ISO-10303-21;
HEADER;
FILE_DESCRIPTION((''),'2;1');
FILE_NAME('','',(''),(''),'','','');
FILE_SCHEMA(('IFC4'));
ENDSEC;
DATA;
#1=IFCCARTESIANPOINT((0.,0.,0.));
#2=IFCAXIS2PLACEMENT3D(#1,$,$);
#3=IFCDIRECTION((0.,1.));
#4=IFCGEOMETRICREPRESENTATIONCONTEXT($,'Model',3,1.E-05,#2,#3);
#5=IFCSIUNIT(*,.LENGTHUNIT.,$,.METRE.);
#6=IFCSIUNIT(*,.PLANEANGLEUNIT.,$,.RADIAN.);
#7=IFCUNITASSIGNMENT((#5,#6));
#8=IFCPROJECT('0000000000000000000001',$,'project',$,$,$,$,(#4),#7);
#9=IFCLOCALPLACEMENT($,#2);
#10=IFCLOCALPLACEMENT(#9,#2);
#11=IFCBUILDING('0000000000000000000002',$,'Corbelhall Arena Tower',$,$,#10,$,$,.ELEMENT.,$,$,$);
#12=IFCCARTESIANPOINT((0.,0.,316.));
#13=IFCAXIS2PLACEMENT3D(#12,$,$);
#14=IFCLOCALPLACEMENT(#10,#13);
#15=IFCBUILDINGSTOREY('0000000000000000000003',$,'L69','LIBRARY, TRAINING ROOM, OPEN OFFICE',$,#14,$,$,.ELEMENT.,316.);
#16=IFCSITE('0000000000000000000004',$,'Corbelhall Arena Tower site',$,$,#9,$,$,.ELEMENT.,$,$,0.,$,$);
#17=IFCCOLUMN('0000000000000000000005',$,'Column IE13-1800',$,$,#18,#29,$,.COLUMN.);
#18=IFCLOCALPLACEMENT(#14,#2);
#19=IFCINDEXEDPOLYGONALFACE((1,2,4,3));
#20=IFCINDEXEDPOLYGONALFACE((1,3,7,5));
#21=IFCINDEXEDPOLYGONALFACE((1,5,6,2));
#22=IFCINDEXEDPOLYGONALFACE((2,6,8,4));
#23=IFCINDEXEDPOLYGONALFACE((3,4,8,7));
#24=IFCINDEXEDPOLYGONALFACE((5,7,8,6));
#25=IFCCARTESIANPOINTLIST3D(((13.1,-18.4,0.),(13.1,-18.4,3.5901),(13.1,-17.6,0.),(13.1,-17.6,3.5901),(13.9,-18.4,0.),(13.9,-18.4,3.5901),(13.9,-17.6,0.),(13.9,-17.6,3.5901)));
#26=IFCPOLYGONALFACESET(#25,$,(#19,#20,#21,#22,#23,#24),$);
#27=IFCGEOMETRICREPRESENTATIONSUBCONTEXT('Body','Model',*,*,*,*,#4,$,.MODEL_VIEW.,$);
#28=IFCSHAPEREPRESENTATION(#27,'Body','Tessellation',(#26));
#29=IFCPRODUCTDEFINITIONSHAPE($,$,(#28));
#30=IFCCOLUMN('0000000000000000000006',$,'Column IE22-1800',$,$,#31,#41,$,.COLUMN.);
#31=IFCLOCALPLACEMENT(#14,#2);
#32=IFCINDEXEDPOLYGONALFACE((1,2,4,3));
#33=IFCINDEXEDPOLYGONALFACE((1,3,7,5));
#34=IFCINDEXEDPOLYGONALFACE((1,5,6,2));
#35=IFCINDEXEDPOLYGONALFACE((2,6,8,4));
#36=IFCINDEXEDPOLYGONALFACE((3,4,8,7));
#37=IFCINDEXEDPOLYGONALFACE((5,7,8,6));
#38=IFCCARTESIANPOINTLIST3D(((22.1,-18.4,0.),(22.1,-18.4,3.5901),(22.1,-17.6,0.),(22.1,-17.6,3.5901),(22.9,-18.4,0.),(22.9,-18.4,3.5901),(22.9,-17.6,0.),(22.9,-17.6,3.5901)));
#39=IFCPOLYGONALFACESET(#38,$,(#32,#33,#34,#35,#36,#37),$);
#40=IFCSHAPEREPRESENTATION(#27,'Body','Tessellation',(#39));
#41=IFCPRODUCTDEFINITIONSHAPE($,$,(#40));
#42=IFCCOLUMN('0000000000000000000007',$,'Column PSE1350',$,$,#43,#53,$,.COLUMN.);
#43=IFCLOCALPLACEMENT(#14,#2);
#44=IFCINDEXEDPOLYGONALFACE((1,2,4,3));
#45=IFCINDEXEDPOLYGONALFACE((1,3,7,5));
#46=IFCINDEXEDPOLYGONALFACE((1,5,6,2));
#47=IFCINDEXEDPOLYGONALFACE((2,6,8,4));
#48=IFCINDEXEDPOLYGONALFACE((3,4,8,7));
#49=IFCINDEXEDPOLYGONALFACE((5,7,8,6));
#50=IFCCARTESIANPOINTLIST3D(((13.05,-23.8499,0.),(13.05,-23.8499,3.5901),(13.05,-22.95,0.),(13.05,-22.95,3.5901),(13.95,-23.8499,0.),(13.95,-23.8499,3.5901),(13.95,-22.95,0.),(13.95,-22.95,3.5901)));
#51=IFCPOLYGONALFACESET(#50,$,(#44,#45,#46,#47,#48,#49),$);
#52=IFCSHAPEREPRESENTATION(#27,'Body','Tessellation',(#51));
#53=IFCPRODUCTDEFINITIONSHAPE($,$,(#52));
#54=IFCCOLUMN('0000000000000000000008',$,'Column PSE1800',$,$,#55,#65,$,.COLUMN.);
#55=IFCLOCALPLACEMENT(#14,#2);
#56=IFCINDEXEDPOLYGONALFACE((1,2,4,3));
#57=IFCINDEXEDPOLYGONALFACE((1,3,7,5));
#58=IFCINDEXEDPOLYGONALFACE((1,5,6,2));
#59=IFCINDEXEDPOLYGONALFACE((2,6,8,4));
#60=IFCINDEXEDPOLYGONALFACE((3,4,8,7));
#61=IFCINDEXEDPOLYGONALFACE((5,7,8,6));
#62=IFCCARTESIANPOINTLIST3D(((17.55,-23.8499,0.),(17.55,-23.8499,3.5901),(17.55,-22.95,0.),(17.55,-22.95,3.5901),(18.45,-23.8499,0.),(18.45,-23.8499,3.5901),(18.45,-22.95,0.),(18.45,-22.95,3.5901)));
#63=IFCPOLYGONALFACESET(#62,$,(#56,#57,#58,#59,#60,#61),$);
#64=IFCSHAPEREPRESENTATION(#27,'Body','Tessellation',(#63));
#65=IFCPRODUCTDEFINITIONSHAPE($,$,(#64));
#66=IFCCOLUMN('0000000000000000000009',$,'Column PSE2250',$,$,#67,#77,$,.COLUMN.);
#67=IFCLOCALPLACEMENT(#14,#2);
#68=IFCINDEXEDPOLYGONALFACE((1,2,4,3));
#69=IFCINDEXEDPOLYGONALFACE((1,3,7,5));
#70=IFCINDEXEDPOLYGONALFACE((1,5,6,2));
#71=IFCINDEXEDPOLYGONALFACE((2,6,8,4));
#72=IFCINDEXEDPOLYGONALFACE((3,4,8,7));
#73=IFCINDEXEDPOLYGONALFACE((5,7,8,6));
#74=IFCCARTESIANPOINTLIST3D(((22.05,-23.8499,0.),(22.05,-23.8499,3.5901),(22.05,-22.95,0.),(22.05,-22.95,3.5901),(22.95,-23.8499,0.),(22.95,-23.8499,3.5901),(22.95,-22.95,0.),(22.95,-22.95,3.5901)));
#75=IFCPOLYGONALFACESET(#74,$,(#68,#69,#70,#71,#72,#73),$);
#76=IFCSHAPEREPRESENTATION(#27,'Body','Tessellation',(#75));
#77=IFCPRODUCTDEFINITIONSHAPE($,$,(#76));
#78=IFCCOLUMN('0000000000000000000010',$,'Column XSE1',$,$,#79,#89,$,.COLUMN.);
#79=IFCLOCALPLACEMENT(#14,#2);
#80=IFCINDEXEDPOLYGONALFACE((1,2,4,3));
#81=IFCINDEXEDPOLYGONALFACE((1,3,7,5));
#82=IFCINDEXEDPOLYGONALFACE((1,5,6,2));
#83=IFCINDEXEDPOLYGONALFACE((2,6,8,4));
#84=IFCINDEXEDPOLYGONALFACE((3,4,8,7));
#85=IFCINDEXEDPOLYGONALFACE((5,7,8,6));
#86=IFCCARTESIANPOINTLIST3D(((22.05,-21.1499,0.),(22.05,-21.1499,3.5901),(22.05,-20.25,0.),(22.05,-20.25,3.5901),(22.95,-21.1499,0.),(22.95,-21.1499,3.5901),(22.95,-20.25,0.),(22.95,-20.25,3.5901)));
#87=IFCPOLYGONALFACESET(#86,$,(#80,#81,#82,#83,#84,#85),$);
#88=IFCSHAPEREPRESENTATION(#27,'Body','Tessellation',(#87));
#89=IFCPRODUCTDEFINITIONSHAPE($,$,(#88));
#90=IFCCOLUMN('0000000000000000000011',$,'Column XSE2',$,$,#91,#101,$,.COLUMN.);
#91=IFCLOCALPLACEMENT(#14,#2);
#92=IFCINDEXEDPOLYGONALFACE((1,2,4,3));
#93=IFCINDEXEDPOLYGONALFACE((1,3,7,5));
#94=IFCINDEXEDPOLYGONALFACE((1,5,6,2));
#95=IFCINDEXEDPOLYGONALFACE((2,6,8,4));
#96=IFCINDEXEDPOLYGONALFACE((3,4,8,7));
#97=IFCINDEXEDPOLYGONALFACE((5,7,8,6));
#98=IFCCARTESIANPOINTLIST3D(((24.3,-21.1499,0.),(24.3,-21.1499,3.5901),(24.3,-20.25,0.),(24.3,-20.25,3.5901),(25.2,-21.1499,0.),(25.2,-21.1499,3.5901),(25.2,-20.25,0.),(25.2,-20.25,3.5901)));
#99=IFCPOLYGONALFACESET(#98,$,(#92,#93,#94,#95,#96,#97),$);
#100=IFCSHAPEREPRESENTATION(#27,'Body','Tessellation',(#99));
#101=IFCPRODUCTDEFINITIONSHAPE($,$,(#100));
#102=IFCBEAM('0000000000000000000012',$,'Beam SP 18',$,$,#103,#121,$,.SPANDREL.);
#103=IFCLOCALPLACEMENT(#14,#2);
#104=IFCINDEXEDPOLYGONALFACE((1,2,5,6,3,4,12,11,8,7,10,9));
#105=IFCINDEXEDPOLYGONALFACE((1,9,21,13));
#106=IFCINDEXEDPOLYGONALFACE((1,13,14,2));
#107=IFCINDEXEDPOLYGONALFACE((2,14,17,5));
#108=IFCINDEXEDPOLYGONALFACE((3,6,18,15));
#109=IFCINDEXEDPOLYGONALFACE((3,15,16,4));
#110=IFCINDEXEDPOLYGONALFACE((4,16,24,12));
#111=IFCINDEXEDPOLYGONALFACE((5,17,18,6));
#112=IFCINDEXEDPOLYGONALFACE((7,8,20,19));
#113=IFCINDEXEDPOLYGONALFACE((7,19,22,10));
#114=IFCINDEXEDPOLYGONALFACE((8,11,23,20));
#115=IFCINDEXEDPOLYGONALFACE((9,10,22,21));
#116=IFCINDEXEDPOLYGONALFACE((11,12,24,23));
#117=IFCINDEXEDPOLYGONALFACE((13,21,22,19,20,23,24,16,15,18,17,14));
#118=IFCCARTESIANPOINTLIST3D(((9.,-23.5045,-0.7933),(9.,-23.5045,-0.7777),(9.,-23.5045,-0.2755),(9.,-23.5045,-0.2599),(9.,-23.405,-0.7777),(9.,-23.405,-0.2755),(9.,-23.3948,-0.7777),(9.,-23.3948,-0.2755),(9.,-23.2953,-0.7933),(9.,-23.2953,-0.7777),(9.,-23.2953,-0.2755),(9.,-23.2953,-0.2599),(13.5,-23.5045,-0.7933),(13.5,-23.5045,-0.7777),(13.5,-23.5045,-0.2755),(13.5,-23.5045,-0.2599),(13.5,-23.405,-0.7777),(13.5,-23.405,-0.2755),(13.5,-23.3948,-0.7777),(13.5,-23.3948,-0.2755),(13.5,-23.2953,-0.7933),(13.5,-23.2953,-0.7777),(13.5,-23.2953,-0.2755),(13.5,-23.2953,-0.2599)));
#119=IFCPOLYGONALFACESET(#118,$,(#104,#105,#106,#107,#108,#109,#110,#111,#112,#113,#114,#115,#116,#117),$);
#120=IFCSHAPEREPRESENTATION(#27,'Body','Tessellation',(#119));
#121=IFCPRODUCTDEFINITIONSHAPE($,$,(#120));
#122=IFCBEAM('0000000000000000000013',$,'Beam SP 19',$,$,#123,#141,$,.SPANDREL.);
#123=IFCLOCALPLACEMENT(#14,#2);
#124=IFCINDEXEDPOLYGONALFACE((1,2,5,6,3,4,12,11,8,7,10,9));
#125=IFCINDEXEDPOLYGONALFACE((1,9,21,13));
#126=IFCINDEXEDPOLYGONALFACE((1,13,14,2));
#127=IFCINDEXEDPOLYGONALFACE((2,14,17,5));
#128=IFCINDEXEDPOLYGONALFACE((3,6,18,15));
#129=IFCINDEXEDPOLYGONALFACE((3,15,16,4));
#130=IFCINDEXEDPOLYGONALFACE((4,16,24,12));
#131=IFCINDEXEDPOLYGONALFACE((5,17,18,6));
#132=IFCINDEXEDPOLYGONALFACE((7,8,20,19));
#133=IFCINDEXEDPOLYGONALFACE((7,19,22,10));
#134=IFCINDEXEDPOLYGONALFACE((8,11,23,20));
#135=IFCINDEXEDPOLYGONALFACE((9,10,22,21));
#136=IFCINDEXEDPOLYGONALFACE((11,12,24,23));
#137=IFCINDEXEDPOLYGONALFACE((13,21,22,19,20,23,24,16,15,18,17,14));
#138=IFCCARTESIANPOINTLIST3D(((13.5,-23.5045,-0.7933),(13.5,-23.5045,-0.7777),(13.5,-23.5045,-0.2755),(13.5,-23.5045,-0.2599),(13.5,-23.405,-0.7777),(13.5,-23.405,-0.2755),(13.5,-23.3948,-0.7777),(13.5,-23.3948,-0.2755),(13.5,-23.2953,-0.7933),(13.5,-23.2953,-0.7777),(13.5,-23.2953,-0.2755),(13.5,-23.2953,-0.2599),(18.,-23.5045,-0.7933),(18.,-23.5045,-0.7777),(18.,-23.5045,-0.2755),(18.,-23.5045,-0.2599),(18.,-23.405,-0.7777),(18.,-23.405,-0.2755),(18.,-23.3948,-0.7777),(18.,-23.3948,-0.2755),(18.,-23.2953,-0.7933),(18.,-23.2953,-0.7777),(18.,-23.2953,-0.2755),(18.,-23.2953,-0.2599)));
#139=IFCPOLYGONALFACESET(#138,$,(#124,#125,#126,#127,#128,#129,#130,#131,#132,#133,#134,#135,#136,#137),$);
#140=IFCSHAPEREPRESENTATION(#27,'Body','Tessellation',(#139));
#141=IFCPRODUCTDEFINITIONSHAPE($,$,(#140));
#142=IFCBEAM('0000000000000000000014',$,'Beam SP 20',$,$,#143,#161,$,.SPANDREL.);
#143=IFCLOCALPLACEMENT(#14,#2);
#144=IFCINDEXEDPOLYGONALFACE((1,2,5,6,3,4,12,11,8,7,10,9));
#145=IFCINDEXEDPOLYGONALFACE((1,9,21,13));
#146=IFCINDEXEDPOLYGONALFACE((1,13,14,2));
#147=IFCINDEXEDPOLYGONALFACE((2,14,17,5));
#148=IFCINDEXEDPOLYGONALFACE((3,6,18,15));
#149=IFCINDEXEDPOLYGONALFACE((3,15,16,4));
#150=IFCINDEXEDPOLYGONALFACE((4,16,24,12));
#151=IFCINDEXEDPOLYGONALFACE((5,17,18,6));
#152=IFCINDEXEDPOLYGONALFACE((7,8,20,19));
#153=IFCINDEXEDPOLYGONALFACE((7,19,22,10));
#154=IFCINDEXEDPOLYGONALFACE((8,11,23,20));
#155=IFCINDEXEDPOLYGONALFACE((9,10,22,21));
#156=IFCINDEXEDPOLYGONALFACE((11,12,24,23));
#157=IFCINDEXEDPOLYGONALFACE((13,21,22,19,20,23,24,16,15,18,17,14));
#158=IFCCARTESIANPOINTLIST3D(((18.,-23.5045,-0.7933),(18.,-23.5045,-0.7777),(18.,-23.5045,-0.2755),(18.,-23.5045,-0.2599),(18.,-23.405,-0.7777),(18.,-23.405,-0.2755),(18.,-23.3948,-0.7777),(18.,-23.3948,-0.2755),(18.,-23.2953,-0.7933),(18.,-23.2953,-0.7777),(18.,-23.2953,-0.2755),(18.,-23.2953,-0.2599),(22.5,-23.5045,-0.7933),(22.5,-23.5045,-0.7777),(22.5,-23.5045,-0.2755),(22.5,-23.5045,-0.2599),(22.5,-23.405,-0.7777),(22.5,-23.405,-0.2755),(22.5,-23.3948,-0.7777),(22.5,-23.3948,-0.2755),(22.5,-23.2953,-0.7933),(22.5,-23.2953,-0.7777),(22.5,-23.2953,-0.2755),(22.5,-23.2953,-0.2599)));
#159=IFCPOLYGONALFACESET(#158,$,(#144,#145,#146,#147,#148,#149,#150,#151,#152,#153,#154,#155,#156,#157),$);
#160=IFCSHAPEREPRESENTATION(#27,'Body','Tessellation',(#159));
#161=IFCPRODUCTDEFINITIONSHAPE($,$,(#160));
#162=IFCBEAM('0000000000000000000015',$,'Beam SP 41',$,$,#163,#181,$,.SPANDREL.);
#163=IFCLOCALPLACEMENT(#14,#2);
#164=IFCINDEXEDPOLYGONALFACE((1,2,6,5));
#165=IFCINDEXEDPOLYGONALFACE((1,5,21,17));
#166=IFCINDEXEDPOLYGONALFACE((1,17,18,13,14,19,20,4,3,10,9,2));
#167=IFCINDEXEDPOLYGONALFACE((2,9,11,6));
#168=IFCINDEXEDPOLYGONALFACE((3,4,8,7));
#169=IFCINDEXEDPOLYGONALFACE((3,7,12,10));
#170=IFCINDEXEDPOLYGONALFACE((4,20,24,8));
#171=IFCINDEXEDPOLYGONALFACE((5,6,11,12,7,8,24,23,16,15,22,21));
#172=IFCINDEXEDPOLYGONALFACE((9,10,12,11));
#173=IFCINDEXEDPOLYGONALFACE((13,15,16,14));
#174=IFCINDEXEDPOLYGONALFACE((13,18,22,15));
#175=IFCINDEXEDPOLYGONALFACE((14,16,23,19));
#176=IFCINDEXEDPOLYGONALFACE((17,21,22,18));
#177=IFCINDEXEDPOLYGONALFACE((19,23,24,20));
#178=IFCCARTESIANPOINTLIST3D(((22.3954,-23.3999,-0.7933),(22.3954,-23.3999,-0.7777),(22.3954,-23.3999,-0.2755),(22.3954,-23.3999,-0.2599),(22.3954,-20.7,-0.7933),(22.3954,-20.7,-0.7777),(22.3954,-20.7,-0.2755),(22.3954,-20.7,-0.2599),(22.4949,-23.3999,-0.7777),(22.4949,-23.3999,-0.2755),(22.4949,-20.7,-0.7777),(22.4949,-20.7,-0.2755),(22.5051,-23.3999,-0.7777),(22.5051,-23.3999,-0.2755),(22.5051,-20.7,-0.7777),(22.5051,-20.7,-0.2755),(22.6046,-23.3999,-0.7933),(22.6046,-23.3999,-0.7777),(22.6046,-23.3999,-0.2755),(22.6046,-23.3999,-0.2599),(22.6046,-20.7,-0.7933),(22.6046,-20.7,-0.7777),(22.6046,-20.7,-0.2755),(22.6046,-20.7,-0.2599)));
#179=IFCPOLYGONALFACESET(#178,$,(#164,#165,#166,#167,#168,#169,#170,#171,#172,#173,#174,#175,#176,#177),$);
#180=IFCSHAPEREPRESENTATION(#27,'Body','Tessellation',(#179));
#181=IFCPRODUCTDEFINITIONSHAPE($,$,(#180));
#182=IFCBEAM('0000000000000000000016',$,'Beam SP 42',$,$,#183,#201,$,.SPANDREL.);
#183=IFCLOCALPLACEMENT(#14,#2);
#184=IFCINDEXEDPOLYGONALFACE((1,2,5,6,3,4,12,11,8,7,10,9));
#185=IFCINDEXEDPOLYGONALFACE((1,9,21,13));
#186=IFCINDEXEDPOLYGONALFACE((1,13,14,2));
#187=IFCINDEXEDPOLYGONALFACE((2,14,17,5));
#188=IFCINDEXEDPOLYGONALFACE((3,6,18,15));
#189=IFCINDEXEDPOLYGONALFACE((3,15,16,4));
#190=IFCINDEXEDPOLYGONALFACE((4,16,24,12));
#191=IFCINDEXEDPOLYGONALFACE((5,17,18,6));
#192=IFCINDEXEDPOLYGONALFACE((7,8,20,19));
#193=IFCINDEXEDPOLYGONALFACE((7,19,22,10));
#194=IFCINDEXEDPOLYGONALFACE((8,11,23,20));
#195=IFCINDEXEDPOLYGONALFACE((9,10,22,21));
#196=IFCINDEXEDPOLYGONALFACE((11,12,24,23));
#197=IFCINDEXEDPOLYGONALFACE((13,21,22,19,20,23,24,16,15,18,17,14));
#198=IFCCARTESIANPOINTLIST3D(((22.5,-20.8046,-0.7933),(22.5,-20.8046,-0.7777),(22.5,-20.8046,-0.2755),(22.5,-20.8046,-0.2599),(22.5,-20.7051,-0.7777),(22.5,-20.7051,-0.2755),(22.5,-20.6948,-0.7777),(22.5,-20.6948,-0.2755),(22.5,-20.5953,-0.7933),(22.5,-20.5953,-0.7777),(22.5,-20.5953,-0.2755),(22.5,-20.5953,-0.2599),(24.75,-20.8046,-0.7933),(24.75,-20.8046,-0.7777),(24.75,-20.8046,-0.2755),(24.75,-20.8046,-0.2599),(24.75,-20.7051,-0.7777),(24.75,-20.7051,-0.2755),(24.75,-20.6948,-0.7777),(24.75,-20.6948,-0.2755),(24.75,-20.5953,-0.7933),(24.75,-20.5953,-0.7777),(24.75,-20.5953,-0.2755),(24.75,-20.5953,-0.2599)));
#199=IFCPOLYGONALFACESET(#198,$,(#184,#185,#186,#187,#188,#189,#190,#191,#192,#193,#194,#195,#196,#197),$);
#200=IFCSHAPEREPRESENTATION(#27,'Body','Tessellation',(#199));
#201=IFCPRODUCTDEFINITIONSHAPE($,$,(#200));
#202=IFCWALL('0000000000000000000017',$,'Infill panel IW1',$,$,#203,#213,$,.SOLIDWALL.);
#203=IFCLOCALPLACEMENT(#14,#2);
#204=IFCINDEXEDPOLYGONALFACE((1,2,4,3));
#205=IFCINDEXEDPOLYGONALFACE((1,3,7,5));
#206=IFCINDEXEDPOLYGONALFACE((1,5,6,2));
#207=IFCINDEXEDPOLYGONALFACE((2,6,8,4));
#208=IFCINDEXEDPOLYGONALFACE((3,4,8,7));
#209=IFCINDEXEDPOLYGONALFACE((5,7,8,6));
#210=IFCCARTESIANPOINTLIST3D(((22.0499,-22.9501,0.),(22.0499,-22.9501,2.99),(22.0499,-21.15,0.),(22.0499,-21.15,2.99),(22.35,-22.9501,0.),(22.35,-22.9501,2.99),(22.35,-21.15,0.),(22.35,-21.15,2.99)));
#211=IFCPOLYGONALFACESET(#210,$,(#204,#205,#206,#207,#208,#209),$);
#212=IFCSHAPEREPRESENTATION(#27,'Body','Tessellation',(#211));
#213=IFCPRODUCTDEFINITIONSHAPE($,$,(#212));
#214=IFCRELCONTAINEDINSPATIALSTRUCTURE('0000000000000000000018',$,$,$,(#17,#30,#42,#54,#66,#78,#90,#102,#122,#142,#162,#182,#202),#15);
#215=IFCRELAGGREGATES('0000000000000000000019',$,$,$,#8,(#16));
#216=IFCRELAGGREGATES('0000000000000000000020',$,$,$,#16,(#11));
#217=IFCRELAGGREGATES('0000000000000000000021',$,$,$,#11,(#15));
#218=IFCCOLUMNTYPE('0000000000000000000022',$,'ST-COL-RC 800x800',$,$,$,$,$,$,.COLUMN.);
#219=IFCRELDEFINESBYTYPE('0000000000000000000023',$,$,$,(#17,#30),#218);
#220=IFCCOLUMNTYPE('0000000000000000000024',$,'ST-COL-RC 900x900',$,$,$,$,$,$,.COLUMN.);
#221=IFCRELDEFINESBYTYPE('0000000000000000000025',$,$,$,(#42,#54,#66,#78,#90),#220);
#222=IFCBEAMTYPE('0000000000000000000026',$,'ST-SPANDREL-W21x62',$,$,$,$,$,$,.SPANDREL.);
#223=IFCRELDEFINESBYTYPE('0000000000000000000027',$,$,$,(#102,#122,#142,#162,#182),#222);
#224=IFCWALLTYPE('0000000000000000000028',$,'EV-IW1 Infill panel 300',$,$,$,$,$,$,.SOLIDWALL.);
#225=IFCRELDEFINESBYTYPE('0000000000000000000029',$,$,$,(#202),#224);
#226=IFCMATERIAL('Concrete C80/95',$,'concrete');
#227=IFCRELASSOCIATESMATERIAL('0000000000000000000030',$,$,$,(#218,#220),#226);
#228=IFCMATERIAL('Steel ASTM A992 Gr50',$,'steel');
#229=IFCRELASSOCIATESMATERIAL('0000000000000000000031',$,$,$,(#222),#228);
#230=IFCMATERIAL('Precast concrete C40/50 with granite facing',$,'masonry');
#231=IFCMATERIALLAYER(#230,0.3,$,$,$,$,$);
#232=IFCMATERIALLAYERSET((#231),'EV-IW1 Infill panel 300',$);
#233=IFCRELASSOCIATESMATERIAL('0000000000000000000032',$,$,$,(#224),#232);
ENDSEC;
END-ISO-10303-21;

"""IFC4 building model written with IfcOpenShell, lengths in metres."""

from ifc_helpers import new_model, si_unit, direction, frame, frame_2d, origin, origin_2d, place, context, subcontext, project, spatial, rectangle, i_section, extrude, material, layer, layer_set, material_profile, profile_set, type_object, element, save


model = new_model("IFC4")

# Units and contexts
model_context = context("Model", 3, precision=1e-05, world=origin(), true_north=direction((0.0, 1.0)))
body_context = subcontext(model_context, "Body", "Model", "MODEL_VIEW")
ifc_project = project(units=[si_unit("LENGTHUNIT", "METRE"), si_unit("PLANEANGLEUNIT", "RADIAN")], contexts=[model_context])

# Site, building, storey
site_placement = place(None, origin())
site = spatial("IfcSite", under=ifc_project, at=site_placement, Name="Corbelhall Arena Tower site", CompositionType="ELEMENT", RefElevation=0.0)
building_placement = place(site_placement, origin())
building = spatial("IfcBuilding", under=site, at=building_placement, Name="Corbelhall Arena Tower", CompositionType="ELEMENT")
storey_placement = place(building_placement, frame((0.0, 0.0, 316.0)))
storey = spatial("IfcBuildingStorey", under=building, at=storey_placement, Name="L69", Description="LIBRARY, TRAINING ROOM, OPEN OFFICE", CompositionType="ELEMENT", Elevation=316.0)

# Columns
ifc_material_1 = material(Name="Concrete C80/95", Category="concrete")
ifc_material_profile_1 = material_profile(ifc_material_1, rectangle(XDim=0.8, YDim=0.8, at=origin_2d()))
ifc_profile_set_1 = profile_set([ifc_material_profile_1], Name="Concrete C80/95")
column_type_1 = type_object("IfcColumnType", Name="ST-COL-RC 800x800", PredefinedType="COLUMN", material=ifc_profile_set_1)
for number, where, z_axis, x_axis, name in (
    (1, (13.5, -18.0, 0.0), (0.0, 0.0, 1.0), (1.0, 0.0, 0.0), "Column IE13-1800"),
    (2, (22.5, -18.0, 0.0), (0.0, 0.0, 1.0), (1.0, 0.0, 0.0), "Column IE22-1800"),
):
    element("IfcColumn", number, at=place(storey_placement, frame(where, z_axis=z_axis, x_axis=x_axis)), inside=storey, type_object=column_type_1, Name=name, PredefinedType="COLUMN", context=body_context, shape_type="SweptSolid", body=[
        extrude(rectangle(XDim=0.8, YDim=0.8, at=origin_2d()), origin(), (0.0, 0.0, 1.0), 3.5901),
    ])
ifc_material_profile_2 = material_profile(ifc_material_1, rectangle(XDim=0.8999, YDim=0.8999, at=origin_2d()))
ifc_profile_set_2 = profile_set([ifc_material_profile_2], Name="Concrete C80/95")
column_type_2 = type_object("IfcColumnType", Name="ST-COL-RC 900x900", PredefinedType="COLUMN", material=ifc_profile_set_2)
for number, where, z_axis, x_axis, name in (
    (3, (13.5, -23.3999, 0.0), (0.0, 0.0, 1.0), (1.0, 0.0, 0.0), "Column PSE1350"),
    (4, (18.0, -23.3999, 0.0), (0.0, 0.0, 1.0), (1.0, 0.0, 0.0), "Column PSE1800"),
    (5, (22.5, -23.3999, 0.0), (0.0, 0.0, 1.0), (1.0, 0.0, 0.0), "Column PSE2250"),
    (6, (22.5, -20.7, 0.0), (0.0, 0.0, 1.0), (1.0, 0.0, 0.0), "Column XSE1"),
    (7, (24.75, -20.7, 0.0), (0.0, 0.0, 1.0), (1.0, 0.0, 0.0), "Column XSE2"),
):
    element("IfcColumn", number, at=place(storey_placement, frame(where, z_axis=z_axis, x_axis=x_axis)), inside=storey, type_object=column_type_2, Name=name, PredefinedType="COLUMN", context=body_context, shape_type="SweptSolid", body=[
        extrude(rectangle(XDim=0.8999, YDim=0.8999, at=origin_2d()), origin(), (0.0, 0.0, 1.0), 3.5901),
    ])

# Beams
ifc_material_2 = material(Name="Steel ASTM A992 Gr50", Category="steel")
ifc_material_profile_3 = material_profile(ifc_material_2, i_section(OverallWidth=0.2092, OverallDepth=0.5334, WebThickness=0.0103, FlangeThickness=0.0156, at=origin_2d()))
ifc_profile_set_3 = profile_set([ifc_material_profile_3], Name="Steel ASTM A992 Gr50")
beam_type = type_object("IfcBeamType", Name="ST-SPANDREL-W21x62", PredefinedType="SPANDREL", material=ifc_profile_set_3)
for number, where, z_axis, x_axis, name in (
    (8, (13.5, -23.3999, -0.5266), (-1.0, 0.0, 0.0), (0.0, -1.0, 0.0), "Beam SP 18"),
    (9, (18.0, -23.3999, -0.5266), (-1.0, 0.0, 0.0), (0.0, -1.0, 0.0), "Beam SP 19"),
    (10, (22.5, -23.3999, -0.5266), (-1.0, 0.0, 0.0), (0.0, -1.0, 0.0), "Beam SP 20"),
):
    element("IfcBeam", number, at=place(storey_placement, frame(where, z_axis=z_axis, x_axis=x_axis)), inside=storey, type_object=beam_type, Name=name, PredefinedType="SPANDREL", context=body_context, shape_type="SweptSolid", body=[
        extrude(i_section(OverallWidth=0.2092, OverallDepth=0.5334, WebThickness=0.0103, FlangeThickness=0.0156, at=origin_2d()), origin(), (0.0, 0.0, 1.0), 4.5),
    ])
beam_1_placement = place(storey_placement, frame((22.5, -20.7, -0.5266), z_axis=(0.0, -1.0, 0.0), x_axis=(1.0, 0.0, 0.0)))
element("IfcBeam", 11, at=beam_1_placement, inside=storey, type_object=beam_type, Name="Beam SP 41", PredefinedType="SPANDREL", context=body_context, shape_type="SweptSolid", body=[
    extrude(i_section(OverallWidth=0.2092, OverallDepth=0.5334, WebThickness=0.0103, FlangeThickness=0.0156, at=origin_2d()), origin(), (0.0, 0.0, 1.0), 2.7),
])
beam_2_placement = place(storey_placement, frame((24.75, -20.7, -0.5266), z_axis=(-1.0, 0.0, 0.0), x_axis=(0.0, -1.0, 0.0)))
element("IfcBeam", 12, at=beam_2_placement, inside=storey, type_object=beam_type, Name="Beam SP 42", PredefinedType="SPANDREL", context=body_context, shape_type="SweptSolid", body=[
    extrude(i_section(OverallWidth=0.2092, OverallDepth=0.5334, WebThickness=0.0103, FlangeThickness=0.0156, at=origin_2d()), origin(), (0.0, 0.0, 1.0), 2.25),
])

# Shared definitions
ifc_material_3 = material(Name="Precast concrete C40/50 with granite facing", Category="masonry")
ifc_layer_1 = layer(ifc_material_3, 0.3)
ifc_layer_set_1 = layer_set([ifc_layer_1], Name="EV-IW1 Infill panel 300")
wall_type_1 = type_object("IfcWallType", Name="EV-IW1 Infill panel 300", PredefinedType="SOLIDWALL", material=ifc_layer_set_1)

# Wall
wall_1_placement = place(storey_placement, frame((22.2, -22.95, 0.0), z_axis=(0.0, 0.0, 1.0), x_axis=(0.0, 1.0, 0.0)))
element("IfcWall", 13, at=wall_1_placement, inside=storey, type_object=wall_type_1, Name="Infill panel IW1", PredefinedType="SOLIDWALL", context=body_context, shape_type="SweptSolid", body=[
    extrude(rectangle(XDim=1.8, YDim=0.3, at=frame_2d((0.8999, 0.0))), origin(), (0.0, 0.0, 1.0), 2.99),
])

save(model, "model.ifc")
